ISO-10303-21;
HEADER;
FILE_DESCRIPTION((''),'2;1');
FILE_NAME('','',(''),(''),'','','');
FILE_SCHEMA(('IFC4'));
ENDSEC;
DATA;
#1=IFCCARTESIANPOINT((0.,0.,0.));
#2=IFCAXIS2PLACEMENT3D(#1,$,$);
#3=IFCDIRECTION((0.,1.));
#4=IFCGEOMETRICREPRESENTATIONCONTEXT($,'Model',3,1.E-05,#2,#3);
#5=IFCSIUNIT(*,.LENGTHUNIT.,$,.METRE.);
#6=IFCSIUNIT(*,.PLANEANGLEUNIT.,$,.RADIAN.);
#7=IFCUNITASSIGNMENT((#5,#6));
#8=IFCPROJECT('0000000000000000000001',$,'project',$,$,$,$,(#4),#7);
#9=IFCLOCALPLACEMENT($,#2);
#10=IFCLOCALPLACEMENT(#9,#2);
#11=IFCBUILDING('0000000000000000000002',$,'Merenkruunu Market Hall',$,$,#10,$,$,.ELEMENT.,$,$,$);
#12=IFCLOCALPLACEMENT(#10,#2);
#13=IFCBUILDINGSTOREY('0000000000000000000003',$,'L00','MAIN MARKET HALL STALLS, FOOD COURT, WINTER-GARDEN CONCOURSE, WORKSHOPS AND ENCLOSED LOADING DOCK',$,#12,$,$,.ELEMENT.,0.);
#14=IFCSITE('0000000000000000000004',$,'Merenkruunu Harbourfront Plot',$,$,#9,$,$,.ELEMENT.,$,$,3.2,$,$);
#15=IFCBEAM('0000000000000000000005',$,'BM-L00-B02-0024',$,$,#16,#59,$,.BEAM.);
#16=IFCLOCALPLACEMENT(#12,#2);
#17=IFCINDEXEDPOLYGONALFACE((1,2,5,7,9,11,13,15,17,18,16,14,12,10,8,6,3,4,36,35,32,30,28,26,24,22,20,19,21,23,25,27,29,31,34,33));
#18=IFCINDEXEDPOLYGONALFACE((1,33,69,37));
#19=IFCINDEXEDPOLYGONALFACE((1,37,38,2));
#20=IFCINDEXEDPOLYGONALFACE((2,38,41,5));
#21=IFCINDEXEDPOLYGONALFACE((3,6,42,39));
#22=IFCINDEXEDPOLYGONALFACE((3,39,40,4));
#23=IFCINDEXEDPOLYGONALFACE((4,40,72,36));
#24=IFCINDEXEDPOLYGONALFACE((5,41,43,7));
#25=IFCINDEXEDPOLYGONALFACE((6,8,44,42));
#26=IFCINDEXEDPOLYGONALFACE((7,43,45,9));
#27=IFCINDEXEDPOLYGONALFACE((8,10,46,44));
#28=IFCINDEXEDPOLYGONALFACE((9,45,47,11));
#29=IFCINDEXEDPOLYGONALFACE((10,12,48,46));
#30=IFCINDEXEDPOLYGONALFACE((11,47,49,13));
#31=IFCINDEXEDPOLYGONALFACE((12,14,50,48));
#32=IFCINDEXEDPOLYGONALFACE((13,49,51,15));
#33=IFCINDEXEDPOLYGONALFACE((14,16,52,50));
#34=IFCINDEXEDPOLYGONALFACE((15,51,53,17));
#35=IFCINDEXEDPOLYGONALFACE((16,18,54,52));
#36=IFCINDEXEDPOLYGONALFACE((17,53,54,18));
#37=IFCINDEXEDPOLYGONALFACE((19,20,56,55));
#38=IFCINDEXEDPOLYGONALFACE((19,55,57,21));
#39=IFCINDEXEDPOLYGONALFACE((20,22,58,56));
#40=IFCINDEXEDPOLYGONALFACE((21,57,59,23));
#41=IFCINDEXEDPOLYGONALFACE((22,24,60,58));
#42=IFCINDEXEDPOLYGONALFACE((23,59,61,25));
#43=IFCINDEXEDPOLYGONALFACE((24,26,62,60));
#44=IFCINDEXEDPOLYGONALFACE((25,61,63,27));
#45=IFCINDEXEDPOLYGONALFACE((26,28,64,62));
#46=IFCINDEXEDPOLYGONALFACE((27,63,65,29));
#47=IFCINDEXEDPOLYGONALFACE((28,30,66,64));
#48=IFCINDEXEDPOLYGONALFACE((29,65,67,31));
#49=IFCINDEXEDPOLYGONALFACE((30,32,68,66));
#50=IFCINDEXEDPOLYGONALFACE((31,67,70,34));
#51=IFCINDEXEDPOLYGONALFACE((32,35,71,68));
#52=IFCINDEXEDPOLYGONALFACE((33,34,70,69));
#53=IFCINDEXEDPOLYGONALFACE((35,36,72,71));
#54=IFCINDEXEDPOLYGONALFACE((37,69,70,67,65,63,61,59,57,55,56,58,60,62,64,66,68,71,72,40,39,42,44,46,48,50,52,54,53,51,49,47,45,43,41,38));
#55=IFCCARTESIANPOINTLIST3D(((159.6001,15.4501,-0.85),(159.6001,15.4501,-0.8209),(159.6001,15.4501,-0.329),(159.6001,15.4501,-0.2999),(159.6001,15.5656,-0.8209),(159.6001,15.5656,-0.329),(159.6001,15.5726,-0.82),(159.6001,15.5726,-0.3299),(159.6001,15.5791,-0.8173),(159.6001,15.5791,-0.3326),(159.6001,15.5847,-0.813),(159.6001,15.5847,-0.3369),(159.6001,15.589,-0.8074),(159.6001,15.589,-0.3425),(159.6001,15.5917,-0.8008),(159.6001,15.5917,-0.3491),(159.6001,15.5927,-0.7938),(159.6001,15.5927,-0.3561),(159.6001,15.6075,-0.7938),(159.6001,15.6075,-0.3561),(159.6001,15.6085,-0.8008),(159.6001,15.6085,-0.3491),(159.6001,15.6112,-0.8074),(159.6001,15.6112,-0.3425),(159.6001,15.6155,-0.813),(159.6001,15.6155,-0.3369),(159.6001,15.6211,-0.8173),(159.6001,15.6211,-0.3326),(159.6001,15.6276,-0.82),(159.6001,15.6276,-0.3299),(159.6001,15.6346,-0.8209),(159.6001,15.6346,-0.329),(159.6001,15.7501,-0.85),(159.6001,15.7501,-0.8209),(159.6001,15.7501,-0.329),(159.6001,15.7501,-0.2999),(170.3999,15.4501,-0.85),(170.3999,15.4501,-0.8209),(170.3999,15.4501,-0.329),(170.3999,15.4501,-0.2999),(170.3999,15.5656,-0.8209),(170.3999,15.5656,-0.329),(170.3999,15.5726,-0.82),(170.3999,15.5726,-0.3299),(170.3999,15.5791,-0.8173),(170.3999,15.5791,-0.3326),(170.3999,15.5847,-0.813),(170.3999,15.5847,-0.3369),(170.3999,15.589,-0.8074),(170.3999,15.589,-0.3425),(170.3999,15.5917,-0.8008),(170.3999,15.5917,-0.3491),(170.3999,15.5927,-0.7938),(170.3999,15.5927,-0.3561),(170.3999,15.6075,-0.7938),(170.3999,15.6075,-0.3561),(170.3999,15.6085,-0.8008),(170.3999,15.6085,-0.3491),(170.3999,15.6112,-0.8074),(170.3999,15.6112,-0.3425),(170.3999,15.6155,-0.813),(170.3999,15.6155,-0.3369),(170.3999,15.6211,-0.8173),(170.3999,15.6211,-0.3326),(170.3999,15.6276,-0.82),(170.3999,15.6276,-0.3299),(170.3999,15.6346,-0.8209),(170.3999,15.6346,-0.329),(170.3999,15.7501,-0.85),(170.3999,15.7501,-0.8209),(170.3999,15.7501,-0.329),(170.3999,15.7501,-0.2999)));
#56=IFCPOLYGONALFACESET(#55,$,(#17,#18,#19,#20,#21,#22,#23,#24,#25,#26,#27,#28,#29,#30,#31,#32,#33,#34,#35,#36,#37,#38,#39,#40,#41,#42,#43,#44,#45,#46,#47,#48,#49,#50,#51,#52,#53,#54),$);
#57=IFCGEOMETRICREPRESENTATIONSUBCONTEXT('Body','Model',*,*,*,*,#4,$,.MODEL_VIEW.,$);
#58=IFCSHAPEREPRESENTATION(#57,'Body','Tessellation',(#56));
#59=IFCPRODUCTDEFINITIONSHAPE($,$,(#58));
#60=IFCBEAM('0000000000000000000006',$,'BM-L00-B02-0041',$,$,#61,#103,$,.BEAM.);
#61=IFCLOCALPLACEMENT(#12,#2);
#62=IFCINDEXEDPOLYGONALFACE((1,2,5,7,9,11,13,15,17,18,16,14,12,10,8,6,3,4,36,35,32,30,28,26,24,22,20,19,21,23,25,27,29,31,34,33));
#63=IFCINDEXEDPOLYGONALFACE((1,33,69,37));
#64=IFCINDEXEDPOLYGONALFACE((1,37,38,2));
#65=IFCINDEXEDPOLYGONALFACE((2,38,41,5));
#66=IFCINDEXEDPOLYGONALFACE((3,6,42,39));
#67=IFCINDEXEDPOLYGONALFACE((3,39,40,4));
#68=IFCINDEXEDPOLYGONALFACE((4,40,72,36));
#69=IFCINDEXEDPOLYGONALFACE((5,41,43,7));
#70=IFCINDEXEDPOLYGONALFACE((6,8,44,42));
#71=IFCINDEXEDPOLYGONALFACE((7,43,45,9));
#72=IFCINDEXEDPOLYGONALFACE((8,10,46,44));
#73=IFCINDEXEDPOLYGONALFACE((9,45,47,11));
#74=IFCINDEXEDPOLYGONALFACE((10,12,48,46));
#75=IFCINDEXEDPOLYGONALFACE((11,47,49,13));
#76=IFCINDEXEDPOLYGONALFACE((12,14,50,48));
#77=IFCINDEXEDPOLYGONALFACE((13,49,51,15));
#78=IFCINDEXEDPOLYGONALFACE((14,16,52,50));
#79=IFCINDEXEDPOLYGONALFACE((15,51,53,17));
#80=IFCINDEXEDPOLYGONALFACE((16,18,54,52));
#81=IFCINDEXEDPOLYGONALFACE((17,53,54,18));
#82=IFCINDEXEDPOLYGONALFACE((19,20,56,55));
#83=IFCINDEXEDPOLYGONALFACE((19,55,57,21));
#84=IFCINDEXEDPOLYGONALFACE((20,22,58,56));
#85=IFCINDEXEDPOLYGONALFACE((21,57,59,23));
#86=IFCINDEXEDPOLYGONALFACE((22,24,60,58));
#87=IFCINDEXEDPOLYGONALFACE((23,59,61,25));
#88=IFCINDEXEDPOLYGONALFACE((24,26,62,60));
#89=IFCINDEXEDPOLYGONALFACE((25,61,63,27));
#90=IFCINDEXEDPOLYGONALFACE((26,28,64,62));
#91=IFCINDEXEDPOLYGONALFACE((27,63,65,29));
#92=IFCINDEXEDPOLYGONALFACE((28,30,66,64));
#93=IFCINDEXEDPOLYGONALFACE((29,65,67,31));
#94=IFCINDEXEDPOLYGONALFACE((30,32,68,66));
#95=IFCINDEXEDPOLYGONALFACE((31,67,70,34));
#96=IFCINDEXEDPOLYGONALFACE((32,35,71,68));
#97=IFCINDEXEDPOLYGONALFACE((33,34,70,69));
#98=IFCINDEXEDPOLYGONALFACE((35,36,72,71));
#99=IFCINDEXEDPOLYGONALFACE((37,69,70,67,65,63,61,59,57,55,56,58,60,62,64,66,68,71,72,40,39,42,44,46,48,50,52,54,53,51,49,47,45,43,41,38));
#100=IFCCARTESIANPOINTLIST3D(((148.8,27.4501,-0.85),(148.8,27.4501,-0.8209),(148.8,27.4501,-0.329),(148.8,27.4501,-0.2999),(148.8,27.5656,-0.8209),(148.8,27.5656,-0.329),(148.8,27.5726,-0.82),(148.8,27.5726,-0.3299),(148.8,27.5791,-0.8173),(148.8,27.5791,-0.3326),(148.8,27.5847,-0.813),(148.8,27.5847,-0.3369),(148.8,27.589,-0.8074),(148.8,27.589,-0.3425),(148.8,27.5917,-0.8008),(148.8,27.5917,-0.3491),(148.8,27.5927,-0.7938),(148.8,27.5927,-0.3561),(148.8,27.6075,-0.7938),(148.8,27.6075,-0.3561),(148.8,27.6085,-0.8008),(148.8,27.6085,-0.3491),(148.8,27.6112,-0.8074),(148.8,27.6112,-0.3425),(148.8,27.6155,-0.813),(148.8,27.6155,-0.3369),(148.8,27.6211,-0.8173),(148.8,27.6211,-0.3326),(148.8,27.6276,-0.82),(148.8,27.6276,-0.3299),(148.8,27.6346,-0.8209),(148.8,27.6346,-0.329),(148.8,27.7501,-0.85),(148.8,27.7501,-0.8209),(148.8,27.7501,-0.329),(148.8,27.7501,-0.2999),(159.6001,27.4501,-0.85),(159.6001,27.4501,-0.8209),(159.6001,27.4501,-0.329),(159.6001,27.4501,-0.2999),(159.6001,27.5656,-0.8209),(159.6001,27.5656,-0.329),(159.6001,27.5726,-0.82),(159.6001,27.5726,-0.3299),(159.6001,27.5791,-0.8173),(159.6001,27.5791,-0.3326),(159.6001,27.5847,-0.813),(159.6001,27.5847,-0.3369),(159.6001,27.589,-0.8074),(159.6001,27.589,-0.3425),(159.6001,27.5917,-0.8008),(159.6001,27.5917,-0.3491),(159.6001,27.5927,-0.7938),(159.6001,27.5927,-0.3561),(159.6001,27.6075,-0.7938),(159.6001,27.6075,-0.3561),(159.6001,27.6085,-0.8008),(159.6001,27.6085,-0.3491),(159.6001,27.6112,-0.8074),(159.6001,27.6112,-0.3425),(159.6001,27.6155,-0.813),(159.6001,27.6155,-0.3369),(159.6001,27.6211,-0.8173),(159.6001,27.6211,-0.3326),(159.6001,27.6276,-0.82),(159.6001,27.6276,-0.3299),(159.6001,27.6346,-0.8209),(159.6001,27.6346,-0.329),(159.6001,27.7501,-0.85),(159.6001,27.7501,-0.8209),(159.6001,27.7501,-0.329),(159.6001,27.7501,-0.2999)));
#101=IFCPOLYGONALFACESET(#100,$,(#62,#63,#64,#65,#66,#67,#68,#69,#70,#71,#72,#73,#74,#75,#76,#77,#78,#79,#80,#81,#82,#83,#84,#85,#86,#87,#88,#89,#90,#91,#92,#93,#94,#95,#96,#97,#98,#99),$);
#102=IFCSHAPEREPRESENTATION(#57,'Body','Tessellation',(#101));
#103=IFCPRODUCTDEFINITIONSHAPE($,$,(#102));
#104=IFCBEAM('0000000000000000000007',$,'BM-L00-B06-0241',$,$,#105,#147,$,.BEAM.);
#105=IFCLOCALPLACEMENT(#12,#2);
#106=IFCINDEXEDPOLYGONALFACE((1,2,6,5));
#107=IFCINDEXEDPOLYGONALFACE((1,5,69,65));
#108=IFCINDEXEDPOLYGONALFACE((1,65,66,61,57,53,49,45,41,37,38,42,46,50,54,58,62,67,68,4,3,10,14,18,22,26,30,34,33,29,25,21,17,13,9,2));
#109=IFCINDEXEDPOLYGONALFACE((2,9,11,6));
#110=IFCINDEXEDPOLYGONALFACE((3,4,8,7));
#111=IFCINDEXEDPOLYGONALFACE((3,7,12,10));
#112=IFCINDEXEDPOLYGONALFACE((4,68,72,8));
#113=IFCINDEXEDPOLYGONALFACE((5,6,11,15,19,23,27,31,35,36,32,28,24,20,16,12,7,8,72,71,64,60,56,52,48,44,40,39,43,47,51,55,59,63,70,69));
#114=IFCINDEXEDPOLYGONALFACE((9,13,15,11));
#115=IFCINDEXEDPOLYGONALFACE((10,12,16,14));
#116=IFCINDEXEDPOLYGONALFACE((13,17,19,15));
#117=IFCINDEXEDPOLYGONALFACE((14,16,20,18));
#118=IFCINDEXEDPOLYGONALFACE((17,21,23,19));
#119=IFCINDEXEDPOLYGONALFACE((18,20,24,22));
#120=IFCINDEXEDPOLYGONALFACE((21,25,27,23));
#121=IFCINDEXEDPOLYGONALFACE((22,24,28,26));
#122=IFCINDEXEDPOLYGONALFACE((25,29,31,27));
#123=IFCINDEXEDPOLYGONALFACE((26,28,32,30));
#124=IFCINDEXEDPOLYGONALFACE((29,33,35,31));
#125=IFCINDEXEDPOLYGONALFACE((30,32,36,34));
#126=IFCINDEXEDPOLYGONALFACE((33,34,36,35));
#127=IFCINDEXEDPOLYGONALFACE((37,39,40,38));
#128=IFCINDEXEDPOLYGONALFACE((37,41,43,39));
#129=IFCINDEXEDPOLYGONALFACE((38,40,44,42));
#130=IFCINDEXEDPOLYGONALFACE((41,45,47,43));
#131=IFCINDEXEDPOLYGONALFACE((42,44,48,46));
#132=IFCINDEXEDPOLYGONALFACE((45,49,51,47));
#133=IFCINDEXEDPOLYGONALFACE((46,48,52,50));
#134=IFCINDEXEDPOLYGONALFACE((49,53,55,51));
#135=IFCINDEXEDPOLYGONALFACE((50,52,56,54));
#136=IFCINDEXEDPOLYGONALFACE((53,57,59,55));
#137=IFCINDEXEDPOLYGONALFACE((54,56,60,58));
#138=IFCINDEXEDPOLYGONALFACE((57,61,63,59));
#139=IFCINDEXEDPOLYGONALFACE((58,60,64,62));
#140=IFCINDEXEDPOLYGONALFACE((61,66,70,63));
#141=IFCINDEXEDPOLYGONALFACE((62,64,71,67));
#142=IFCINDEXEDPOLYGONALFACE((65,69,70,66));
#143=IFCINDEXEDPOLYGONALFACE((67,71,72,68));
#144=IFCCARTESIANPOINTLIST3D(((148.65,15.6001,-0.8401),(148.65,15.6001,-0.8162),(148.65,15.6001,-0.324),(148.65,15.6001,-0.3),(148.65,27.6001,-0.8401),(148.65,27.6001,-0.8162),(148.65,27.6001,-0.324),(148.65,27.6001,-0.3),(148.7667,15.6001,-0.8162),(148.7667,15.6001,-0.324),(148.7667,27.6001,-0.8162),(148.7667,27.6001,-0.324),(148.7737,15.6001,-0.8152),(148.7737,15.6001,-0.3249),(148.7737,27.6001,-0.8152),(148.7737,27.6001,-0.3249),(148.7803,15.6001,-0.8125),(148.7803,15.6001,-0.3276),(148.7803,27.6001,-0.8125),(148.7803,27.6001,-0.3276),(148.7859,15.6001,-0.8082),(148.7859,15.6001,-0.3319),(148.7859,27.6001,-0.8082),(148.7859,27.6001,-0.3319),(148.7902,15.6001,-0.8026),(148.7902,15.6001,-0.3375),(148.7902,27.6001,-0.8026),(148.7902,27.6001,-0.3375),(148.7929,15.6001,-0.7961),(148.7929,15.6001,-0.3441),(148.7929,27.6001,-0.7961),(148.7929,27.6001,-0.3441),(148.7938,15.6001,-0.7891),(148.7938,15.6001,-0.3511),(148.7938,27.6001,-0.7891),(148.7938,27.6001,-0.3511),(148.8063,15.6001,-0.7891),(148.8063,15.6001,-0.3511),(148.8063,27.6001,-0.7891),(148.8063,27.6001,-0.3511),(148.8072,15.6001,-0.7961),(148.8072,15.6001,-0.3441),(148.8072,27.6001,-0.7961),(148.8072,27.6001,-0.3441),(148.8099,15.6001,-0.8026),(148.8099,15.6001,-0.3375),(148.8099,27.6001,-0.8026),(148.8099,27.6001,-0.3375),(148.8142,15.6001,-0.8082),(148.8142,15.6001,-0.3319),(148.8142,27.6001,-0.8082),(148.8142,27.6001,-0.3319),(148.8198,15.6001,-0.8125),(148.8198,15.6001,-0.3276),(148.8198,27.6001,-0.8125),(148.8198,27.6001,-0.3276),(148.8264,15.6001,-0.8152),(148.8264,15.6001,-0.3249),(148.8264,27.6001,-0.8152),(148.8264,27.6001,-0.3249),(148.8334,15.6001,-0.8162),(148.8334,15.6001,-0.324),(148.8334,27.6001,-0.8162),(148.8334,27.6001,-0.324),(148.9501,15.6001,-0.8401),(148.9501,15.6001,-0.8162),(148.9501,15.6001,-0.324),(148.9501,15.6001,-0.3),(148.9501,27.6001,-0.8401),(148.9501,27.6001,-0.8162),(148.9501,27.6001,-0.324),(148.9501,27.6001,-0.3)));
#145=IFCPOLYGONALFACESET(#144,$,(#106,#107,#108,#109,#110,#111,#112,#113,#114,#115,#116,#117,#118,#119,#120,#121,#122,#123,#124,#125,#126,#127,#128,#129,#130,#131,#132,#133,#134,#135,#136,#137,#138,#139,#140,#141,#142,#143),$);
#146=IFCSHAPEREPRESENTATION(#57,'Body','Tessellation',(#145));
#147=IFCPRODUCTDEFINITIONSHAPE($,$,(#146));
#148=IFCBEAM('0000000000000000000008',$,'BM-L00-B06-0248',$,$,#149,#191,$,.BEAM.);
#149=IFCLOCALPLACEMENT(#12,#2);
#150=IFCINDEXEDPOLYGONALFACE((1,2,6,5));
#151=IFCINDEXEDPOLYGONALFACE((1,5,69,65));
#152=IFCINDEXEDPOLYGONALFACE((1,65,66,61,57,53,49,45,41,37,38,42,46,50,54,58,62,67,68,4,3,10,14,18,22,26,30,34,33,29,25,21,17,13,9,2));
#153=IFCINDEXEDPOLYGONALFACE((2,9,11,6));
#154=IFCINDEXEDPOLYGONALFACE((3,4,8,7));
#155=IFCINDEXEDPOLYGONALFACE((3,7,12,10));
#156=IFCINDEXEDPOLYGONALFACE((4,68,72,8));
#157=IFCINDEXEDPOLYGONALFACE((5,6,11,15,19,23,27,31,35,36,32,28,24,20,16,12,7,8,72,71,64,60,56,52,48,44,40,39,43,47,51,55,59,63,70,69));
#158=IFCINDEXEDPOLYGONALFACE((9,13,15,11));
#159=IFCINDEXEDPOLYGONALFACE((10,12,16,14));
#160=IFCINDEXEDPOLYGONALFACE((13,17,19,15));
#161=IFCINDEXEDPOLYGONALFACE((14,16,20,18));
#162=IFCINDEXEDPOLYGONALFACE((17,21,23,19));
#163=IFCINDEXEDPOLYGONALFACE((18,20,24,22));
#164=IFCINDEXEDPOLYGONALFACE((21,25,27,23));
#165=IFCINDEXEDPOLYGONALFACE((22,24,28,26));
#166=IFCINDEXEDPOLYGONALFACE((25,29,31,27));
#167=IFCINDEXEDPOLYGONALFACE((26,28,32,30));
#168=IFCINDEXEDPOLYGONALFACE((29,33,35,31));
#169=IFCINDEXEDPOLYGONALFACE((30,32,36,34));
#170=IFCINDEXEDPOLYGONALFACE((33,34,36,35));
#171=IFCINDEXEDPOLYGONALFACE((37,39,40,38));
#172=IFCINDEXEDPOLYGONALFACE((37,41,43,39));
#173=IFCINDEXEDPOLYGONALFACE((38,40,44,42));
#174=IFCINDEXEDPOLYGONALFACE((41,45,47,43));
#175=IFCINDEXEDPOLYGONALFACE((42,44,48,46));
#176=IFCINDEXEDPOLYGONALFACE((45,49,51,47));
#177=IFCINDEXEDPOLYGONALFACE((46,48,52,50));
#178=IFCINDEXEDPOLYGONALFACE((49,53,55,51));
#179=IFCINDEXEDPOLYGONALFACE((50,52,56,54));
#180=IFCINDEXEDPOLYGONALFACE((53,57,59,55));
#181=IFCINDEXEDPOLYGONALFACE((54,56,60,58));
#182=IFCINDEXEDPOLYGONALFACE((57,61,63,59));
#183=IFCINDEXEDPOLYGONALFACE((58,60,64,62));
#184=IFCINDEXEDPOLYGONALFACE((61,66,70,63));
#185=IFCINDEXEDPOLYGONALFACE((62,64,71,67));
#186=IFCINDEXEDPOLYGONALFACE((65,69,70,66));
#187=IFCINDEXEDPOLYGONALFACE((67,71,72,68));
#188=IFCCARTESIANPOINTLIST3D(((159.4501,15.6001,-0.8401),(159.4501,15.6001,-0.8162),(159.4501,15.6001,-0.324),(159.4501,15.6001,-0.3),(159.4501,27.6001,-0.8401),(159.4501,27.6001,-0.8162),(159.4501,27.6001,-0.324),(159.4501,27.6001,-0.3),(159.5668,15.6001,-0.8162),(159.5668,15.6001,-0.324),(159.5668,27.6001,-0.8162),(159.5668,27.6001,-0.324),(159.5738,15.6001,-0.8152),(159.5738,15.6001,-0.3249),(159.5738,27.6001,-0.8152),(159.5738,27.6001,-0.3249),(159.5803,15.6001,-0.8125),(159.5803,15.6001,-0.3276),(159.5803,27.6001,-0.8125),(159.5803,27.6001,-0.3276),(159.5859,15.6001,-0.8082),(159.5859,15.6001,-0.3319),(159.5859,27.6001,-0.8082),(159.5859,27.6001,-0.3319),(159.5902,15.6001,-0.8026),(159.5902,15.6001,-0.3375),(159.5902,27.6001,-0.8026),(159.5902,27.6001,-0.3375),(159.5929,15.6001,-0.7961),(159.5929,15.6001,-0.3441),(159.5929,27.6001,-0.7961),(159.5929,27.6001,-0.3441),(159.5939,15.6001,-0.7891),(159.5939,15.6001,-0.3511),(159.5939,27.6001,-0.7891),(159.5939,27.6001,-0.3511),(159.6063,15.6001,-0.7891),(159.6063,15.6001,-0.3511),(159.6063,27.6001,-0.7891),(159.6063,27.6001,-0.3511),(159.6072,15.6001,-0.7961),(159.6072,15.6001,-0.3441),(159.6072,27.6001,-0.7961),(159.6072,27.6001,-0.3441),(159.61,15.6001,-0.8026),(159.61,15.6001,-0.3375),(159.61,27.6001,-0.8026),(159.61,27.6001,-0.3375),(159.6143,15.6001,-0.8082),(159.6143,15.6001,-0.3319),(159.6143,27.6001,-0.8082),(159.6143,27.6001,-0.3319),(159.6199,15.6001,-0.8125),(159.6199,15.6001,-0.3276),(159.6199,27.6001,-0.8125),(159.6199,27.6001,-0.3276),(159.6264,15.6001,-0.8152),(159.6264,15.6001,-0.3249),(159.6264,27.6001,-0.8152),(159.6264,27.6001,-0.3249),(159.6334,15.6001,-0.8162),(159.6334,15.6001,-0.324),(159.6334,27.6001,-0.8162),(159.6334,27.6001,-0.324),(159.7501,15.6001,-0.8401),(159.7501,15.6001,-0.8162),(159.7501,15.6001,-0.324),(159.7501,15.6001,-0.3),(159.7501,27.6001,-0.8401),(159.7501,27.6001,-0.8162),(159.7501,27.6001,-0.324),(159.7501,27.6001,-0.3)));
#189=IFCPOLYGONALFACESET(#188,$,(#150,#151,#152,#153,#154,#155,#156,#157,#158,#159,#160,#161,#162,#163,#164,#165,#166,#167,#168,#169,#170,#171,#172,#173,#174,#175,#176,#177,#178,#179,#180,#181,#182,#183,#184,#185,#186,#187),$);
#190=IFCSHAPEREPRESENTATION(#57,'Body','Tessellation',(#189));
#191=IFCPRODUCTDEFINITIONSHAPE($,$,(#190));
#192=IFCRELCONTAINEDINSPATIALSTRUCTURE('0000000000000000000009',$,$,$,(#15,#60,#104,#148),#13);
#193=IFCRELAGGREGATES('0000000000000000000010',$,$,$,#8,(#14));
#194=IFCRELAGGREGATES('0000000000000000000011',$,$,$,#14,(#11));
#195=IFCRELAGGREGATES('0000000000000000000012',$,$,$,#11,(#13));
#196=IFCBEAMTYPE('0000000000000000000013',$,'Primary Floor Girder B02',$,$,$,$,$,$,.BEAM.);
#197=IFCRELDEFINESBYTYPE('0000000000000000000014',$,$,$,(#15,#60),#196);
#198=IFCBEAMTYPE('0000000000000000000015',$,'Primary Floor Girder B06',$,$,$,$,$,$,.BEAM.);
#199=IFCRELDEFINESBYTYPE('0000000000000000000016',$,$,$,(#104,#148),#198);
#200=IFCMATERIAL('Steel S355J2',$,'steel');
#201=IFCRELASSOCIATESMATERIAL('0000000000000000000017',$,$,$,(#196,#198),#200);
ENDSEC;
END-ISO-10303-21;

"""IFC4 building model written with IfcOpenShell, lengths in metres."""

from ifc_helpers import new_model, si_unit, direction, frame, origin, origin_2d, place, context, subcontext, project, spatial, i_section, extrude, material, material_profile, profile_set, type_object, element, save


model = new_model("IFC4")

# Units and contexts
model_context = context("Model", 3, precision=1e-05, world=origin(), true_north=direction((0.0, 1.0)))
body_context = subcontext(model_context, "Body", "Model", "MODEL_VIEW")
ifc_project = project(units=[si_unit("LENGTHUNIT", "METRE"), si_unit("PLANEANGLEUNIT", "RADIAN")], contexts=[model_context])

# Site, building, storey
site_placement = place(None, origin())
site = spatial("IfcSite", under=ifc_project, at=site_placement, Name="Merenkruunu Harbourfront Plot", CompositionType="ELEMENT", RefElevation=3.2)
building_placement = place(site_placement, origin())
building = spatial("IfcBuilding", under=site, at=building_placement, Name="Merenkruunu Market Hall", CompositionType="ELEMENT")
storey_placement = place(building_placement, origin())
storey = spatial("IfcBuildingStorey", under=building, at=storey_placement, Name="L00", Description="MAIN MARKET HALL STALLS, FOOD COURT, WINTER-GARDEN CONCOURSE, WORKSHOPS AND ENCLOSED LOADING DOCK", CompositionType="ELEMENT", Elevation=0.0)

# Shared definitions
ifc_material_1 = material(Name="Steel S355J2", Category="steel")

# Beams
ifc_material_profile_1 = material_profile(ifc_material_1, i_section(OverallWidth=0.3, OverallDepth=0.55, WebThickness=0.0149, FlangeThickness=0.0291, FilletRadius=0.0271, at=origin_2d()), Name="HEB 550")
ifc_profile_set_1 = profile_set([ifc_material_profile_1], Name="Steel S355J2")
beam_type_1 = type_object("IfcBeamType", Name="Primary Floor Girder B02", PredefinedType="BEAM", material=ifc_profile_set_1)
beam_1_placement = place(storey_placement, frame((159.6001, 15.6001, -0.575), z_axis=(1.0, 0.0, 0.0), x_axis=(0.0, 1.0, 0.0)))
element("IfcBeam", 1, at=beam_1_placement, inside=storey, type_object=beam_type_1, Name="BM-L00-B02-0024", PredefinedType="BEAM", context=body_context, shape_type="SweptSolid", body=[
    extrude(i_section(OverallWidth=0.3, OverallDepth=0.55, WebThickness=0.0149, FlangeThickness=0.0291, FilletRadius=0.0271, at=origin_2d()), origin(), (0.0, 0.0, 1.0), 10.7998),
])
beam_2_placement = place(storey_placement, frame((148.8, 27.6001, -0.575), z_axis=(1.0, 0.0, 0.0), x_axis=(0.0, 1.0, 0.0)))
element("IfcBeam", 2, at=beam_2_placement, inside=storey, type_object=beam_type_1, Name="BM-L00-B02-0041", PredefinedType="BEAM", context=body_context, shape_type="SweptSolid", body=[
    extrude(i_section(OverallWidth=0.3, OverallDepth=0.55, WebThickness=0.0149, FlangeThickness=0.0291, FilletRadius=0.0271, at=origin_2d()), origin(), (0.0, 0.0, 1.0), 10.8),
])
ifc_material_profile_2 = material_profile(ifc_material_1, i_section(OverallWidth=0.3, OverallDepth=0.54, WebThickness=0.0125, FlangeThickness=0.0239, FilletRadius=0.0271, at=origin_2d()), Name="HEA 550")
ifc_profile_set_2 = profile_set([ifc_material_profile_2], Name="Steel S355J2")
beam_type_2 = type_object("IfcBeamType", Name="Primary Floor Girder B06", PredefinedType="BEAM", material=ifc_profile_set_2)
for number, where, z_axis, x_axis, name in (
    (3, (148.8, 15.6001, -0.5701), (0.0, 1.0, 0.0), (-1.0, 0.0, 0.0), "BM-L00-B06-0241"),
    (4, (159.6001, 15.6001, -0.5701), (0.0, 1.0, 0.0), (-1.0, 0.0, 0.0), "BM-L00-B06-0248"),
):
    element("IfcBeam", number, at=place(storey_placement, frame(where, z_axis=z_axis, x_axis=x_axis)), inside=storey, type_object=beam_type_2, Name=name, PredefinedType="BEAM", context=body_context, shape_type="SweptSolid", body=[
        extrude(i_section(OverallWidth=0.3, OverallDepth=0.54, WebThickness=0.0125, FlangeThickness=0.0239, FilletRadius=0.0271, at=origin_2d()), origin(), (0.0, 0.0, 1.0), 12.0),
    ])

save(model, "model.ifc")
